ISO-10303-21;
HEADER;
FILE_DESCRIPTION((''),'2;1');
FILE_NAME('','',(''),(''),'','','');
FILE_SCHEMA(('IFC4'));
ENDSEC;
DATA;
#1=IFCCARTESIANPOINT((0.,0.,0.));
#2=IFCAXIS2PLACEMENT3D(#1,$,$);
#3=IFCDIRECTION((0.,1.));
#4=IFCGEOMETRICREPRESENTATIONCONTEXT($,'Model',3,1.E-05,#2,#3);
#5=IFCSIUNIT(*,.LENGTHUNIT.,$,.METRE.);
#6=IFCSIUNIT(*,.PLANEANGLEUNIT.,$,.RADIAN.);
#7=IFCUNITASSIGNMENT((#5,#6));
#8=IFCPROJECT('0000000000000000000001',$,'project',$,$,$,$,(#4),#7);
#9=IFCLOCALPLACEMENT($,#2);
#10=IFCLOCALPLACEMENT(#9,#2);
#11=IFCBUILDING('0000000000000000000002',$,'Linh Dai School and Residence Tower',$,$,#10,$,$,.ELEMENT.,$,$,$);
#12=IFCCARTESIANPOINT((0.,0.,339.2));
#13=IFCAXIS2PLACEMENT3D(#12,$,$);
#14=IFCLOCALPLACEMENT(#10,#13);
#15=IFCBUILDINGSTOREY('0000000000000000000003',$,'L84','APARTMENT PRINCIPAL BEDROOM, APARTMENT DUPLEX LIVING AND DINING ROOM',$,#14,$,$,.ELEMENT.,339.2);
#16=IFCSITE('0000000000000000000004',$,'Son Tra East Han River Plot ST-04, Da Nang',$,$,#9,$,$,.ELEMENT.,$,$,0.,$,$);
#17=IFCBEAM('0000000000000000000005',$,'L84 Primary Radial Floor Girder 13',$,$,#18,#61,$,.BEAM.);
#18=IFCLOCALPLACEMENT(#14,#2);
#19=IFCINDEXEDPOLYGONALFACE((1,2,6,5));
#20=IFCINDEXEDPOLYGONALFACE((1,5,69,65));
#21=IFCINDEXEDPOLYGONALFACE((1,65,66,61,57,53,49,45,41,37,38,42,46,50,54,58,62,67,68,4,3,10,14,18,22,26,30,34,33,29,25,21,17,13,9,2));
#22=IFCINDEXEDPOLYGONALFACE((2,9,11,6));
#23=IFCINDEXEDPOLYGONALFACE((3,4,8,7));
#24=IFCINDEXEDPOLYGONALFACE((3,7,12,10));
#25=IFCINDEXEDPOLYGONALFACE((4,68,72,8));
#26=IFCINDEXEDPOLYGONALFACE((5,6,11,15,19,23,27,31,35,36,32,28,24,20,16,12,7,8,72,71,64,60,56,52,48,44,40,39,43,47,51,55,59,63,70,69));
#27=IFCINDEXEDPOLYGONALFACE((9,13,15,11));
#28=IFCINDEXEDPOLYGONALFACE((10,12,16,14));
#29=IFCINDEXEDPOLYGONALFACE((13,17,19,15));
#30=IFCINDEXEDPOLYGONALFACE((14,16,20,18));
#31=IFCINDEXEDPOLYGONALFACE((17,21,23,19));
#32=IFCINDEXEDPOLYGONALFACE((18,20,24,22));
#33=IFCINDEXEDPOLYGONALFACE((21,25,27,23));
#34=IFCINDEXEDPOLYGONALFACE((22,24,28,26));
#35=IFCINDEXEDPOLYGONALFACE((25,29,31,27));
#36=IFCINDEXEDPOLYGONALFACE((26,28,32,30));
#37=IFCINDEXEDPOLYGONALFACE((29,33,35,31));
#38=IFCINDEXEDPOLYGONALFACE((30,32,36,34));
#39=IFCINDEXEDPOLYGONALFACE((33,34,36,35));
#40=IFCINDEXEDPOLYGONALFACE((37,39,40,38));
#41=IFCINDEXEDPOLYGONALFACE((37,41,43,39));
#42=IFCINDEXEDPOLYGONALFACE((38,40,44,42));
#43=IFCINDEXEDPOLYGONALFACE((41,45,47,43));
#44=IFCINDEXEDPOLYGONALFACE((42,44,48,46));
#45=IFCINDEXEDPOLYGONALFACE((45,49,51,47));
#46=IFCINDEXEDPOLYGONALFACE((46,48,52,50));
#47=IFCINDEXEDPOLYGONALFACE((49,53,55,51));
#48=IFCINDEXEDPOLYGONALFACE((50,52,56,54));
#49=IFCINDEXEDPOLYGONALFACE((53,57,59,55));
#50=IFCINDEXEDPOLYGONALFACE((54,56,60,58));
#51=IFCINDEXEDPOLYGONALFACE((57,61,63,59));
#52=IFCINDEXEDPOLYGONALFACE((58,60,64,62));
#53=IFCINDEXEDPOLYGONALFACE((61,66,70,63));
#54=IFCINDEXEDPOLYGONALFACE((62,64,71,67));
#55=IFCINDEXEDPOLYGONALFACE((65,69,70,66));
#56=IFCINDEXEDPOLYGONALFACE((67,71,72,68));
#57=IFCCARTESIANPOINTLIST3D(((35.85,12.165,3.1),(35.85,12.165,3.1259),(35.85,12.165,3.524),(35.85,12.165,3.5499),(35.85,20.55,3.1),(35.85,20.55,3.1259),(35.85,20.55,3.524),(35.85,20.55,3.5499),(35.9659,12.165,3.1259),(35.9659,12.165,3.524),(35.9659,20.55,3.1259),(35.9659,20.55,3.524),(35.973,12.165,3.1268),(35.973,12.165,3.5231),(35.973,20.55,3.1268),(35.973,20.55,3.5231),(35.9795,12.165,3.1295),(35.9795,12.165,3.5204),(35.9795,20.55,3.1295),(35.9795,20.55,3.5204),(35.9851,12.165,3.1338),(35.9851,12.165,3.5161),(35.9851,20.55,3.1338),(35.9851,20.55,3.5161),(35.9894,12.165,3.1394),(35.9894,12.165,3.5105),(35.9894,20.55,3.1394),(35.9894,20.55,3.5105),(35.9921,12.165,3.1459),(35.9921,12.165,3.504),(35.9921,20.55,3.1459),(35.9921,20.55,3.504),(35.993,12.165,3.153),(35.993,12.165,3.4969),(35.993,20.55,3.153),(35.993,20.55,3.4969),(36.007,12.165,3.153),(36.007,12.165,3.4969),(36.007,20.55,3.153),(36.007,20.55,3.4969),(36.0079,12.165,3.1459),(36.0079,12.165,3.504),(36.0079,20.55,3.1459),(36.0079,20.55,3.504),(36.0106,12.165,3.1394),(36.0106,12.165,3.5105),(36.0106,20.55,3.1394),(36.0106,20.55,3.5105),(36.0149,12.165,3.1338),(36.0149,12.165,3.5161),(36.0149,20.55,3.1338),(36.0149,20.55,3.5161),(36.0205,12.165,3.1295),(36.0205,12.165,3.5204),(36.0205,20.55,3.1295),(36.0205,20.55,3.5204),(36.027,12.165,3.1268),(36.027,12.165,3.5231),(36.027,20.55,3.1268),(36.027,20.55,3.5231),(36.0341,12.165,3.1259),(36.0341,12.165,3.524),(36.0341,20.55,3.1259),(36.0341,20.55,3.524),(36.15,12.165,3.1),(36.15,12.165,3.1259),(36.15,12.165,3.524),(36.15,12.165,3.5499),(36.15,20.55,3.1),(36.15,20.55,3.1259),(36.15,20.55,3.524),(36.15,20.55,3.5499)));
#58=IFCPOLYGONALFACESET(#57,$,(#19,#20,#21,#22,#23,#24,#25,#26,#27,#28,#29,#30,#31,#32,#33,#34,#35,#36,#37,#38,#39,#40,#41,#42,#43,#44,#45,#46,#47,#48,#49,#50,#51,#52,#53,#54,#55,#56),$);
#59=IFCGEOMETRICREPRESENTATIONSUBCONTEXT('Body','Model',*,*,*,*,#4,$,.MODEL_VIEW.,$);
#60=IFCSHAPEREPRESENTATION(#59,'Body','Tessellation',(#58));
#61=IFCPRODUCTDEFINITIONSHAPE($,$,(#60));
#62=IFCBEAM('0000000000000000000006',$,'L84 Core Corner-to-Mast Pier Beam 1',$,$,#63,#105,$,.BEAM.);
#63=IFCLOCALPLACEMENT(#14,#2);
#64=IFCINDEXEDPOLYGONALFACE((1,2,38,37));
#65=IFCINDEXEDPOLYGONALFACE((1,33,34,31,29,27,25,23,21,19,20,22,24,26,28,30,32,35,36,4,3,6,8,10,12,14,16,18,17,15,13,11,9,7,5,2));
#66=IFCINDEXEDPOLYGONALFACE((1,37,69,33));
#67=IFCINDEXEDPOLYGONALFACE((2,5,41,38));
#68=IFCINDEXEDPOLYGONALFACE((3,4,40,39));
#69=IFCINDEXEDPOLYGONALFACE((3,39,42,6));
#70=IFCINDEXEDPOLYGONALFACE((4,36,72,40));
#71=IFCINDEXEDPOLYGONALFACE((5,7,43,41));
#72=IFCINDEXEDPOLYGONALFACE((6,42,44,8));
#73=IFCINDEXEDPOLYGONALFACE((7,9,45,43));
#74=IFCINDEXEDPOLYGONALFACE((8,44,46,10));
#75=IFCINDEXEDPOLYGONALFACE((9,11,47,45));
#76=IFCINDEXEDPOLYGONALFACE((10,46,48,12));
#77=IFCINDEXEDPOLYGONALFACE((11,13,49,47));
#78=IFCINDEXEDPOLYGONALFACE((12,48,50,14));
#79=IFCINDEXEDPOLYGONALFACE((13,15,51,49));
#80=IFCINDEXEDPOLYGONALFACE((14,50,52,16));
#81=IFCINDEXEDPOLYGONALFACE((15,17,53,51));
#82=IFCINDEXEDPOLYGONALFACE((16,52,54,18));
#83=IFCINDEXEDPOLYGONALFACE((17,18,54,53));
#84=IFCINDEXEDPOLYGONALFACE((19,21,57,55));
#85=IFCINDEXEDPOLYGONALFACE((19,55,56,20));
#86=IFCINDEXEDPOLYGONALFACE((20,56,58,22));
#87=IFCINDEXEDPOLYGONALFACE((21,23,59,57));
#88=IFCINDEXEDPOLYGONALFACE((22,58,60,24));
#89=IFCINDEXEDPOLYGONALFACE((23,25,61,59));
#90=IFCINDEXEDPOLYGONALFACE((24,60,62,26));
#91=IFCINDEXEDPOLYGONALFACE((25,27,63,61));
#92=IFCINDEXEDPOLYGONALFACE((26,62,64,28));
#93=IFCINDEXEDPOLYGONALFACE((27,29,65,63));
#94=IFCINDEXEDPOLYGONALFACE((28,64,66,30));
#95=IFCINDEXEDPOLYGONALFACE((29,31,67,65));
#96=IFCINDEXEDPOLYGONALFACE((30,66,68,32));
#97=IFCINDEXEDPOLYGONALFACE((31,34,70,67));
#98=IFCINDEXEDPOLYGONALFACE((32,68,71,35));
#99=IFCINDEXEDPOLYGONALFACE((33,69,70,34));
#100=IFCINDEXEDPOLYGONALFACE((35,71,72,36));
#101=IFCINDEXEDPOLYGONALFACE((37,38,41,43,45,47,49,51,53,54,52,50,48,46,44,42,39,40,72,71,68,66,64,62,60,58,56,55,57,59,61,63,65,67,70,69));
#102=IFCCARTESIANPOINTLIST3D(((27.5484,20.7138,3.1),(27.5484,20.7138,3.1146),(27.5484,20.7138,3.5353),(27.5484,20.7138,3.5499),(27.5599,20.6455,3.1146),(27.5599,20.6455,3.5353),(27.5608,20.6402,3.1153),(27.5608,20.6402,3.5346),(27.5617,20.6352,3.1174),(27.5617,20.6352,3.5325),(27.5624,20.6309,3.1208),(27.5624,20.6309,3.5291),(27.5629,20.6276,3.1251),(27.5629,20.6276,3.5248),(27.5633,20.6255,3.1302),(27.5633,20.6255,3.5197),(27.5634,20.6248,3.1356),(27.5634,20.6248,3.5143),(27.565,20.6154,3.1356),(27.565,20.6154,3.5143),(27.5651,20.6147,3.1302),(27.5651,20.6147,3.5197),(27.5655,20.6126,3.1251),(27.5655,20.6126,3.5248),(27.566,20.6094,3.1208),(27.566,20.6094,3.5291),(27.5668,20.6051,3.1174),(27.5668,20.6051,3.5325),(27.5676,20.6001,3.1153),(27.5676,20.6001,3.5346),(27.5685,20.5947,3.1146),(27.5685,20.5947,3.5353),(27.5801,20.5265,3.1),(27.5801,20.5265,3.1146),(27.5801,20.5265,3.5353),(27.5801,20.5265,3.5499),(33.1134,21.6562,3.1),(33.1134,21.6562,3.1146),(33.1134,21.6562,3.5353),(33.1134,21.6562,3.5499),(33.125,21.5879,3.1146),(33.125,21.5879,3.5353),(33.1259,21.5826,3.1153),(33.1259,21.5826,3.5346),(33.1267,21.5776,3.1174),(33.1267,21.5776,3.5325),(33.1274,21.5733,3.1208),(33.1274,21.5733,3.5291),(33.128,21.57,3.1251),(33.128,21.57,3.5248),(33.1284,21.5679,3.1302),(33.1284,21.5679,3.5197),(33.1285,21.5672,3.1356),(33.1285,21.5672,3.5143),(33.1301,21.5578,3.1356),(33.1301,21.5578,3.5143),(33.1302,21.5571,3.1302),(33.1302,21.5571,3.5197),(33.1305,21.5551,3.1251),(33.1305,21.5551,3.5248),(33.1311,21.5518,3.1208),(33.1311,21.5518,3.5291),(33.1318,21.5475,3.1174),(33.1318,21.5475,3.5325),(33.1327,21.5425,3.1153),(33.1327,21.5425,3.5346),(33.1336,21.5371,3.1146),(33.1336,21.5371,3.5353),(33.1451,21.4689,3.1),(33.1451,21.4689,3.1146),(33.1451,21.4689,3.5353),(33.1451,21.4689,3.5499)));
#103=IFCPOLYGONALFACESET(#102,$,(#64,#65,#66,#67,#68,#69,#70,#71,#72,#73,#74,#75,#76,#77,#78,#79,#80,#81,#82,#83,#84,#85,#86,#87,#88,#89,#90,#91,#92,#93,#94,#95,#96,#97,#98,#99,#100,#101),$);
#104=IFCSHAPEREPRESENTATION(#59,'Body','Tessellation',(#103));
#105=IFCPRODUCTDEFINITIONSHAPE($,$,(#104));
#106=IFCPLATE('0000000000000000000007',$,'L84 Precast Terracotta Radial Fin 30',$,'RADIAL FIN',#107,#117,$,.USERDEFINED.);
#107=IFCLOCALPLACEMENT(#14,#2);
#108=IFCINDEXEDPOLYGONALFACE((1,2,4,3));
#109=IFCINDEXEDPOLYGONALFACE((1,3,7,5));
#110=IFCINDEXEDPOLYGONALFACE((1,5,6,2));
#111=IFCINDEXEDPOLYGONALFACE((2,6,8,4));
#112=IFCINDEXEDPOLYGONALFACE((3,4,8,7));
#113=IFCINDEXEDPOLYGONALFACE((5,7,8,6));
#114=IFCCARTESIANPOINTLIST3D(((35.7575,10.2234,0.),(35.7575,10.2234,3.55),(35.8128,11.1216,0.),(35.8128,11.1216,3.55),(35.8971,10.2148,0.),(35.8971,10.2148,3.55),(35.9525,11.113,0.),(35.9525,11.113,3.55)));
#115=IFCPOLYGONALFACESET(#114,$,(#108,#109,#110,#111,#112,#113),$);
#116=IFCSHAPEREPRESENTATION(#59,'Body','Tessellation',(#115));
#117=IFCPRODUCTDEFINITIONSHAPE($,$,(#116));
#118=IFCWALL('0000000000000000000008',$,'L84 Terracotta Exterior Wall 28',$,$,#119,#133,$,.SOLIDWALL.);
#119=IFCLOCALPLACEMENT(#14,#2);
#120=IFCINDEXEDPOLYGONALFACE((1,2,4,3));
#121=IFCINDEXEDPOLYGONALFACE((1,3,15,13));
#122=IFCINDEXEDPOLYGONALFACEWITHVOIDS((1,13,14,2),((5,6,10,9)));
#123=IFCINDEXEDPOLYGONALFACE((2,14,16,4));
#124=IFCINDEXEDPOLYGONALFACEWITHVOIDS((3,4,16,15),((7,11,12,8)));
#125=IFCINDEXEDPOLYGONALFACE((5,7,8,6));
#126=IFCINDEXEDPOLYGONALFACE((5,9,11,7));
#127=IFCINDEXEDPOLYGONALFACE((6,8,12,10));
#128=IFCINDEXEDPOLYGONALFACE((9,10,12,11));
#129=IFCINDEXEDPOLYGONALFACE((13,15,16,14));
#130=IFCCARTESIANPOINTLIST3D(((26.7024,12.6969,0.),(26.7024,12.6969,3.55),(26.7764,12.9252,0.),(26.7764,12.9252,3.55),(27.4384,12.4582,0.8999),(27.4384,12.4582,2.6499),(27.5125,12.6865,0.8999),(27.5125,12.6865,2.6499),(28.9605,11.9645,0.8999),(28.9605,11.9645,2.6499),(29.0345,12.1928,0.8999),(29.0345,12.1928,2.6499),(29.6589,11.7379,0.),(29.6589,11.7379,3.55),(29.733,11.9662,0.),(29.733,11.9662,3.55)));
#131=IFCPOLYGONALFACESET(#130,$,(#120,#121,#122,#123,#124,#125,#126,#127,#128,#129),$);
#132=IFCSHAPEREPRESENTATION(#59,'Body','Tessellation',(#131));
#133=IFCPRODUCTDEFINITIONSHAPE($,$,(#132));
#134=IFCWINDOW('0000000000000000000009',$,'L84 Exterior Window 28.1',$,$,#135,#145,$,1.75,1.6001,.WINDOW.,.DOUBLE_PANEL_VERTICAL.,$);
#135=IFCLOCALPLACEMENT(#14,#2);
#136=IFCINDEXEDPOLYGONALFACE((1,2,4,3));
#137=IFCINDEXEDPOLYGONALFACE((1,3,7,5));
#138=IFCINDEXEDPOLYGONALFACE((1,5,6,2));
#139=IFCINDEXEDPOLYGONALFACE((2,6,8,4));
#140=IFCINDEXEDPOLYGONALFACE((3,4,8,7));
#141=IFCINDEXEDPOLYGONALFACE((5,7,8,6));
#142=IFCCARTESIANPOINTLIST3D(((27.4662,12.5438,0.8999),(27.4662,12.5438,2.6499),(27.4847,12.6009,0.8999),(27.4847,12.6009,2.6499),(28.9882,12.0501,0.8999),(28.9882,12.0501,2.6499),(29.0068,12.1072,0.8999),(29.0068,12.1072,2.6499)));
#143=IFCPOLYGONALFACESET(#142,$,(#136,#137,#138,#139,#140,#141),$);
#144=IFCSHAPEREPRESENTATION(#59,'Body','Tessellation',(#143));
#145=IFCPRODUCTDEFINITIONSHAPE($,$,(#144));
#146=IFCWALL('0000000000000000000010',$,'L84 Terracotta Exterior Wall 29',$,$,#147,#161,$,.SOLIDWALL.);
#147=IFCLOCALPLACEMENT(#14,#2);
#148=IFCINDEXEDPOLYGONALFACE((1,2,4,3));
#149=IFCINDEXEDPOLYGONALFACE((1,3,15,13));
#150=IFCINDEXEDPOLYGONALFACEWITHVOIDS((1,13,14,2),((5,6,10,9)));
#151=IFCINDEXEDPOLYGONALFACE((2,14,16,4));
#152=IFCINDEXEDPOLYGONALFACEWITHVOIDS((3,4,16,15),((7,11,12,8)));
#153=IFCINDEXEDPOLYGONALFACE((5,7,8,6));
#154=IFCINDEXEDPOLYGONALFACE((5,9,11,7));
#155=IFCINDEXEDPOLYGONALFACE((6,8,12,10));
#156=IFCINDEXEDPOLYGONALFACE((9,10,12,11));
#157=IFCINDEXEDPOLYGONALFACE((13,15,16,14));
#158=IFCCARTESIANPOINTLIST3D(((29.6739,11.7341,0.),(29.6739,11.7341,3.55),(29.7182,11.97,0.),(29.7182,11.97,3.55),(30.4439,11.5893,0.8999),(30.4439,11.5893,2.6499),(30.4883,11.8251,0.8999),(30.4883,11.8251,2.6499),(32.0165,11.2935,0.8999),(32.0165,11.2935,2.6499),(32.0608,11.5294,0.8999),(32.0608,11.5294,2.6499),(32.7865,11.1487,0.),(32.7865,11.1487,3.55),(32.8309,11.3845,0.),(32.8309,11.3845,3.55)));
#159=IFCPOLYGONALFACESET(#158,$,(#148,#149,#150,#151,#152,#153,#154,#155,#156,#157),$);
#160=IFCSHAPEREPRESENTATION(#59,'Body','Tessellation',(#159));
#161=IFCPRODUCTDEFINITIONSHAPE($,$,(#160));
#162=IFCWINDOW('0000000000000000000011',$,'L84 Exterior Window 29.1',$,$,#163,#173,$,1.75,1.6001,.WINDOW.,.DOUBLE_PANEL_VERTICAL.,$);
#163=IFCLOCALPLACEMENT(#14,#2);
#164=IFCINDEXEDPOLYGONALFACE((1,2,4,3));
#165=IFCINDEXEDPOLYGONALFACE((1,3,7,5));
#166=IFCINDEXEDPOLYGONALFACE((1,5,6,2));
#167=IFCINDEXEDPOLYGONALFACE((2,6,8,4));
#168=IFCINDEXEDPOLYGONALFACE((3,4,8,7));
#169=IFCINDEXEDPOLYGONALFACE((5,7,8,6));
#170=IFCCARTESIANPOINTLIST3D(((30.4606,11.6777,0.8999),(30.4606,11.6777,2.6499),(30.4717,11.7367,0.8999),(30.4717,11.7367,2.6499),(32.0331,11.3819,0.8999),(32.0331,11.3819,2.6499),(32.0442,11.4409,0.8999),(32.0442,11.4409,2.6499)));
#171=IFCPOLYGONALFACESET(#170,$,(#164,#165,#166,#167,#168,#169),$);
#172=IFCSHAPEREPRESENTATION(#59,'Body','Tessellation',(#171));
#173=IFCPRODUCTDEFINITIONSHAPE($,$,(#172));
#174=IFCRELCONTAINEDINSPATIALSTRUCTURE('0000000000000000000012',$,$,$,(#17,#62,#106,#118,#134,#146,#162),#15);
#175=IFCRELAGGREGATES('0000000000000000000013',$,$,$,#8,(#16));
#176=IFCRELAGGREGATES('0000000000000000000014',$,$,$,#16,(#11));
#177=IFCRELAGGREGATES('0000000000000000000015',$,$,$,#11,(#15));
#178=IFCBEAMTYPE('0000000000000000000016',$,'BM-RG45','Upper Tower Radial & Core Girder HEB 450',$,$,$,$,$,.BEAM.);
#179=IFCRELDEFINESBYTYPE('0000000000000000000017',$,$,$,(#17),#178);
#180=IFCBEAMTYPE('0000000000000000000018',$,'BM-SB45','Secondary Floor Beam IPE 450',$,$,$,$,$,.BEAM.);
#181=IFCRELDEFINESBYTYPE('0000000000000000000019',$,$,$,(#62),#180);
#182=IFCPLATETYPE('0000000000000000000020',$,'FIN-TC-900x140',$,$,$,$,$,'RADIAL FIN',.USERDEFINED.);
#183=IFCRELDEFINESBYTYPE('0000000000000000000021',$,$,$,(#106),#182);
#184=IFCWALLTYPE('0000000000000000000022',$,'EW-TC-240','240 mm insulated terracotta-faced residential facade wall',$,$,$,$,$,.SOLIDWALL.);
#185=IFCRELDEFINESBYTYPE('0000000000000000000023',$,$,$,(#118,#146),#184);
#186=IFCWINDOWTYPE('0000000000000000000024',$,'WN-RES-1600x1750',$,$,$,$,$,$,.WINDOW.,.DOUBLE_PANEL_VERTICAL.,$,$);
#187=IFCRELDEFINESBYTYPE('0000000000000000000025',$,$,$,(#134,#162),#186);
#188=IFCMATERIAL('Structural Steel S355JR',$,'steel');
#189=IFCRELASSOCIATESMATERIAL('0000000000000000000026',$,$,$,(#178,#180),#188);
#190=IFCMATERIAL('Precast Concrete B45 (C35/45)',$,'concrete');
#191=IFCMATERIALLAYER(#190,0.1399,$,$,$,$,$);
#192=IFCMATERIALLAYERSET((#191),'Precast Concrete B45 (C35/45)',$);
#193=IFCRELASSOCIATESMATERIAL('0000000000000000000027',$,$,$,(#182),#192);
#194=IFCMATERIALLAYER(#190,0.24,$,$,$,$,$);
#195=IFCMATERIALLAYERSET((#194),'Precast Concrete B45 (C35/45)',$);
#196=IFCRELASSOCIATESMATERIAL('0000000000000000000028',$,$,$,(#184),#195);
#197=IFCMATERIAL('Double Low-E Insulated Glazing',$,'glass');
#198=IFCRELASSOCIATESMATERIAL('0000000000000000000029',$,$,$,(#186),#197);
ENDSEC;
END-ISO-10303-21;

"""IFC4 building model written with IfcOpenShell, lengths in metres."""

from ifc_helpers import new_model, si_unit, direction, frame, frame_2d, origin, origin_2d, place, context, subcontext, project, spatial, rectangle, i_section, extrude, source, transform, mapped, material, layer, layer_set, material_profile, profile_set, type_object, element, fill, save


model = new_model("IFC4")

# Units and contexts
model_context = context("Model", 3, precision=1e-05, world=origin(), true_north=direction((0.0, 1.0)))
body_context = subcontext(model_context, "Body", "Model", "MODEL_VIEW")
ifc_project = project(units=[si_unit("LENGTHUNIT", "METRE"), si_unit("PLANEANGLEUNIT", "RADIAN")], contexts=[model_context])

# Site, building, storey
site_placement = place(None, origin())
site = spatial("IfcSite", under=ifc_project, at=site_placement, Name="Son Tra East Han River Plot ST-04, Da Nang", CompositionType="ELEMENT", RefElevation=0.0)
building_placement = place(site_placement, origin())
building = spatial("IfcBuilding", under=site, at=building_placement, Name="Linh Dai School and Residence Tower", CompositionType="ELEMENT")
storey_placement = place(building_placement, frame((0.0, 0.0, 339.2)))
storey = spatial("IfcBuildingStorey", under=building, at=storey_placement, Name="L84", Description="APARTMENT PRINCIPAL BEDROOM, APARTMENT DUPLEX LIVING AND DINING ROOM", CompositionType="ELEMENT", Elevation=339.2)

# Shared definitions
ifc_material_1 = material(Name="Structural Steel S355JR", Category="steel")

# Beams
ifc_material_profile_1 = material_profile(ifc_material_1, i_section(OverallWidth=0.3, OverallDepth=0.45, WebThickness=0.0139, FlangeThickness=0.0259, FilletRadius=0.0271, at=origin_2d()), Name="HEB 450")
ifc_profile_set_1 = profile_set([ifc_material_profile_1], Name="Structural Steel S355JR")
beam_type_1 = type_object("IfcBeamType", Name="BM-RG45", Description="Upper Tower Radial & Core Girder HEB 450", PredefinedType="BEAM", material=ifc_profile_set_1)
beam_1_placement = place(storey_placement, frame((36.0, 20.55, 3.325), z_axis=(0.0, -1.0, 0.0), x_axis=(1.0, 0.0, 0.0)))
element("IfcBeam", 1, at=beam_1_placement, inside=storey, type_object=beam_type_1, Name="L84 Primary Radial Floor Girder 13", PredefinedType="BEAM", context=body_context, shape_type="SweptSolid", body=[
    extrude(i_section(OverallWidth=0.3, OverallDepth=0.45, WebThickness=0.0139, FlangeThickness=0.0259, FilletRadius=0.0271, at=origin_2d()), origin(), (0.0, 0.0, 1.0), 8.385),
])
ifc_material_profile_2 = material_profile(ifc_material_1, i_section(OverallWidth=0.1899, OverallDepth=0.45, WebThickness=0.0095, FlangeThickness=0.0146, FilletRadius=0.021, at=origin_2d()), Name="IPE 450")
ifc_profile_set_2 = profile_set([ifc_material_profile_2], Name="Structural Steel S355JR")
beam_type_2 = type_object("IfcBeamType", Name="BM-SB45", Description="Secondary Floor Beam IPE 450", PredefinedType="BEAM", material=ifc_profile_set_2)
beam_2_placement = place(storey_placement, frame((27.5642, 20.6201, 3.325), z_axis=(0.985963, 0.166966, 0.0), x_axis=(-0.166966, 0.985963, 0.0)))
element("IfcBeam", 2, at=beam_2_placement, inside=storey, type_object=beam_type_2, Name="L84 Core Corner-to-Mast Pier Beam 1", PredefinedType="BEAM", context=body_context, shape_type="SweptSolid", body=[
    extrude(i_section(OverallWidth=0.1899, OverallDepth=0.45, WebThickness=0.0095, FlangeThickness=0.0146, FilletRadius=0.021, at=origin_2d()), origin(), (0.0, 0.0, 1.0), 5.6443),
])

# Plate
ifc_material_2 = material(Name="Precast Concrete B45 (C35/45)", Category="concrete")
ifc_layer_1 = layer(ifc_material_2, 0.1399)
ifc_layer_set_1 = layer_set([ifc_layer_1], Name="Precast Concrete B45 (C35/45)")
plate_type = type_object("IfcPlateType", Name="FIN-TC-900x140", ElementType="RADIAL FIN", PredefinedType="USERDEFINED", material=ifc_layer_set_1)
shared_shape_1 = source(origin(), body_context, "Body", "SweptSolid", [
    extrude(rectangle(XDim=0.8999, YDim=0.1399, at=origin_2d()), origin(), (0.0, 0.0, 1.0), 3.55),
])
plate_placement = place(storey_placement, frame((35.855, 10.6682, 0.0), z_axis=(0.0, 0.0, 1.0), x_axis=(-0.061518, -0.998106, 0.0)))
element("IfcPlate", 3, at=plate_placement, inside=storey, type_object=plate_type, Name="L84 Precast Terracotta Radial Fin 30", ObjectType="RADIAL FIN", PredefinedType="USERDEFINED", context=body_context, shape_type="MappedRepresentation", body=[
    mapped(shared_shape_1, transform((0.0, 0.0, 0.0), x_axis=(1.0, 0.0, 0.0), y_axis=(0.0, 1.0, 0.0), z_axis=(0.0, 0.0, 1.0), scale=1.0)),
])

# Walls, openings, windows
ifc_layer_2 = layer(ifc_material_2, 0.24)
ifc_layer_set_2 = layer_set([ifc_layer_2], Name="Precast Concrete B45 (C35/45)")
wall_type_1 = type_object("IfcWallType", Name="EW-TC-240", Description="240 mm insulated terracotta-faced residential facade wall", PredefinedType="SOLIDWALL", material=ifc_layer_set_2)
wall_1_placement = place(storey_placement, frame((29.696, 11.8521, 0.0), z_axis=(0.0, 0.0, 1.0), x_axis=(-0.951213, 0.308535, 0.0)))
wall_1 = element("IfcWall", 4, at=wall_1_placement, inside=storey, type_object=wall_type_1, Name="L84 Terracotta Exterior Wall 28", PredefinedType="SOLIDWALL", context=body_context, shape_type="SweptSolid", body=[
    extrude(rectangle(XDim=3.1082, YDim=0.24, at=frame_2d((1.5542, 0.0))), origin(), (0.0, 0.0, 1.0), 3.55),
])
opening_1_placement = place(wall_1_placement, frame((0.7344, 0.0, 0.8999)))
opening_1 = element("IfcOpeningElement", 5, at=opening_1_placement, cuts=wall_1, PredefinedType="OPENING", context=body_context, shape_type="SweptSolid", body=[
    extrude(rectangle(XDim=1.6001, YDim=1.75, at=origin_2d()), frame((0.8, 0.1299, 0.875), z_axis=(0.0, -1.0, 0.0), x_axis=(1.0, 0.0, 0.0)), (0.0, 0.0, 1.0), 0.26),
])
ifc_material_3 = material(Name="Double Low-E Insulated Glazing", Category="glass")
window_type = type_object("IfcWindowType", Name="WN-RES-1600x1750", PartitioningType="DOUBLE_PANEL_VERTICAL", PredefinedType="WINDOW", material=ifc_material_3)
shared_shape_2 = source(origin(), body_context, "Body", "SweptSolid", [
    extrude(rectangle(XDim=1.6001, YDim=1.75, at=origin_2d()), frame((0.8, 0.03, 0.875), z_axis=(0.0, -1.0, 0.0), x_axis=(1.0, 0.0, 0.0)), (0.0, 0.0, 1.0), 0.0601),
])
window_1_placement = place(opening_1_placement, origin())
window_1 = element("IfcWindow", 6, at=window_1_placement, inside=storey, type_object=window_type, Name="L84 Exterior Window 28.1", OverallHeight=1.75, OverallWidth=1.6001, PartitioningType="DOUBLE_PANEL_VERTICAL", PredefinedType="WINDOW", context=body_context, shape_type="MappedRepresentation", body=[
    mapped(shared_shape_2, transform((0.0, 0.0, 0.0), x_axis=(1.0, 0.0, 0.0), y_axis=(0.0, 1.0, 0.0), z_axis=(0.0, 0.0, 1.0), scale=1.0)),
])
fill(opening_1, window_1)
wall_2_placement = place(storey_placement, frame((32.8086, 11.2666, 0.0), z_axis=(0.0, 0.0, 1.0), x_axis=(-0.982766, 0.184852, 0.0)))
wall_2 = element("IfcWall", 7, at=wall_2_placement, inside=storey, type_object=wall_type_1, Name="L84 Terracotta Exterior Wall 29", PredefinedType="SOLIDWALL", context=body_context, shape_type="SweptSolid", body=[
    extrude(rectangle(XDim=3.1672, YDim=0.24, at=frame_2d((1.5835, 0.0))), origin(), (0.0, 0.0, 1.0), 3.55),
])
opening_2_placement = place(wall_2_placement, frame((0.7834, 0.0, 0.8999)))
opening_2 = element("IfcOpeningElement", 8, at=opening_2_placement, cuts=wall_2, PredefinedType="OPENING", context=body_context, shape_type="SweptSolid", body=[
    extrude(rectangle(XDim=1.6001, YDim=1.75, at=origin_2d()), frame((0.8, 0.1299, 0.875), z_axis=(0.0, -1.0, 0.0), x_axis=(1.0, 0.0, 0.0)), (0.0, 0.0, 1.0), 0.26),
])
window_2_placement = place(opening_2_placement, origin())
window_2 = element("IfcWindow", 9, at=window_2_placement, inside=storey, type_object=window_type, Name="L84 Exterior Window 29.1", OverallHeight=1.75, OverallWidth=1.6001, PartitioningType="DOUBLE_PANEL_VERTICAL", PredefinedType="WINDOW", context=body_context, shape_type="MappedRepresentation", body=[
    mapped(shared_shape_2, transform((0.0, 0.0, 0.0), x_axis=(1.0, 0.0, 0.0), y_axis=(0.0, 1.0, 0.0), z_axis=(0.0, 0.0, 1.0), scale=1.0)),
])
fill(opening_2, window_2)

save(model, "model.ifc")
